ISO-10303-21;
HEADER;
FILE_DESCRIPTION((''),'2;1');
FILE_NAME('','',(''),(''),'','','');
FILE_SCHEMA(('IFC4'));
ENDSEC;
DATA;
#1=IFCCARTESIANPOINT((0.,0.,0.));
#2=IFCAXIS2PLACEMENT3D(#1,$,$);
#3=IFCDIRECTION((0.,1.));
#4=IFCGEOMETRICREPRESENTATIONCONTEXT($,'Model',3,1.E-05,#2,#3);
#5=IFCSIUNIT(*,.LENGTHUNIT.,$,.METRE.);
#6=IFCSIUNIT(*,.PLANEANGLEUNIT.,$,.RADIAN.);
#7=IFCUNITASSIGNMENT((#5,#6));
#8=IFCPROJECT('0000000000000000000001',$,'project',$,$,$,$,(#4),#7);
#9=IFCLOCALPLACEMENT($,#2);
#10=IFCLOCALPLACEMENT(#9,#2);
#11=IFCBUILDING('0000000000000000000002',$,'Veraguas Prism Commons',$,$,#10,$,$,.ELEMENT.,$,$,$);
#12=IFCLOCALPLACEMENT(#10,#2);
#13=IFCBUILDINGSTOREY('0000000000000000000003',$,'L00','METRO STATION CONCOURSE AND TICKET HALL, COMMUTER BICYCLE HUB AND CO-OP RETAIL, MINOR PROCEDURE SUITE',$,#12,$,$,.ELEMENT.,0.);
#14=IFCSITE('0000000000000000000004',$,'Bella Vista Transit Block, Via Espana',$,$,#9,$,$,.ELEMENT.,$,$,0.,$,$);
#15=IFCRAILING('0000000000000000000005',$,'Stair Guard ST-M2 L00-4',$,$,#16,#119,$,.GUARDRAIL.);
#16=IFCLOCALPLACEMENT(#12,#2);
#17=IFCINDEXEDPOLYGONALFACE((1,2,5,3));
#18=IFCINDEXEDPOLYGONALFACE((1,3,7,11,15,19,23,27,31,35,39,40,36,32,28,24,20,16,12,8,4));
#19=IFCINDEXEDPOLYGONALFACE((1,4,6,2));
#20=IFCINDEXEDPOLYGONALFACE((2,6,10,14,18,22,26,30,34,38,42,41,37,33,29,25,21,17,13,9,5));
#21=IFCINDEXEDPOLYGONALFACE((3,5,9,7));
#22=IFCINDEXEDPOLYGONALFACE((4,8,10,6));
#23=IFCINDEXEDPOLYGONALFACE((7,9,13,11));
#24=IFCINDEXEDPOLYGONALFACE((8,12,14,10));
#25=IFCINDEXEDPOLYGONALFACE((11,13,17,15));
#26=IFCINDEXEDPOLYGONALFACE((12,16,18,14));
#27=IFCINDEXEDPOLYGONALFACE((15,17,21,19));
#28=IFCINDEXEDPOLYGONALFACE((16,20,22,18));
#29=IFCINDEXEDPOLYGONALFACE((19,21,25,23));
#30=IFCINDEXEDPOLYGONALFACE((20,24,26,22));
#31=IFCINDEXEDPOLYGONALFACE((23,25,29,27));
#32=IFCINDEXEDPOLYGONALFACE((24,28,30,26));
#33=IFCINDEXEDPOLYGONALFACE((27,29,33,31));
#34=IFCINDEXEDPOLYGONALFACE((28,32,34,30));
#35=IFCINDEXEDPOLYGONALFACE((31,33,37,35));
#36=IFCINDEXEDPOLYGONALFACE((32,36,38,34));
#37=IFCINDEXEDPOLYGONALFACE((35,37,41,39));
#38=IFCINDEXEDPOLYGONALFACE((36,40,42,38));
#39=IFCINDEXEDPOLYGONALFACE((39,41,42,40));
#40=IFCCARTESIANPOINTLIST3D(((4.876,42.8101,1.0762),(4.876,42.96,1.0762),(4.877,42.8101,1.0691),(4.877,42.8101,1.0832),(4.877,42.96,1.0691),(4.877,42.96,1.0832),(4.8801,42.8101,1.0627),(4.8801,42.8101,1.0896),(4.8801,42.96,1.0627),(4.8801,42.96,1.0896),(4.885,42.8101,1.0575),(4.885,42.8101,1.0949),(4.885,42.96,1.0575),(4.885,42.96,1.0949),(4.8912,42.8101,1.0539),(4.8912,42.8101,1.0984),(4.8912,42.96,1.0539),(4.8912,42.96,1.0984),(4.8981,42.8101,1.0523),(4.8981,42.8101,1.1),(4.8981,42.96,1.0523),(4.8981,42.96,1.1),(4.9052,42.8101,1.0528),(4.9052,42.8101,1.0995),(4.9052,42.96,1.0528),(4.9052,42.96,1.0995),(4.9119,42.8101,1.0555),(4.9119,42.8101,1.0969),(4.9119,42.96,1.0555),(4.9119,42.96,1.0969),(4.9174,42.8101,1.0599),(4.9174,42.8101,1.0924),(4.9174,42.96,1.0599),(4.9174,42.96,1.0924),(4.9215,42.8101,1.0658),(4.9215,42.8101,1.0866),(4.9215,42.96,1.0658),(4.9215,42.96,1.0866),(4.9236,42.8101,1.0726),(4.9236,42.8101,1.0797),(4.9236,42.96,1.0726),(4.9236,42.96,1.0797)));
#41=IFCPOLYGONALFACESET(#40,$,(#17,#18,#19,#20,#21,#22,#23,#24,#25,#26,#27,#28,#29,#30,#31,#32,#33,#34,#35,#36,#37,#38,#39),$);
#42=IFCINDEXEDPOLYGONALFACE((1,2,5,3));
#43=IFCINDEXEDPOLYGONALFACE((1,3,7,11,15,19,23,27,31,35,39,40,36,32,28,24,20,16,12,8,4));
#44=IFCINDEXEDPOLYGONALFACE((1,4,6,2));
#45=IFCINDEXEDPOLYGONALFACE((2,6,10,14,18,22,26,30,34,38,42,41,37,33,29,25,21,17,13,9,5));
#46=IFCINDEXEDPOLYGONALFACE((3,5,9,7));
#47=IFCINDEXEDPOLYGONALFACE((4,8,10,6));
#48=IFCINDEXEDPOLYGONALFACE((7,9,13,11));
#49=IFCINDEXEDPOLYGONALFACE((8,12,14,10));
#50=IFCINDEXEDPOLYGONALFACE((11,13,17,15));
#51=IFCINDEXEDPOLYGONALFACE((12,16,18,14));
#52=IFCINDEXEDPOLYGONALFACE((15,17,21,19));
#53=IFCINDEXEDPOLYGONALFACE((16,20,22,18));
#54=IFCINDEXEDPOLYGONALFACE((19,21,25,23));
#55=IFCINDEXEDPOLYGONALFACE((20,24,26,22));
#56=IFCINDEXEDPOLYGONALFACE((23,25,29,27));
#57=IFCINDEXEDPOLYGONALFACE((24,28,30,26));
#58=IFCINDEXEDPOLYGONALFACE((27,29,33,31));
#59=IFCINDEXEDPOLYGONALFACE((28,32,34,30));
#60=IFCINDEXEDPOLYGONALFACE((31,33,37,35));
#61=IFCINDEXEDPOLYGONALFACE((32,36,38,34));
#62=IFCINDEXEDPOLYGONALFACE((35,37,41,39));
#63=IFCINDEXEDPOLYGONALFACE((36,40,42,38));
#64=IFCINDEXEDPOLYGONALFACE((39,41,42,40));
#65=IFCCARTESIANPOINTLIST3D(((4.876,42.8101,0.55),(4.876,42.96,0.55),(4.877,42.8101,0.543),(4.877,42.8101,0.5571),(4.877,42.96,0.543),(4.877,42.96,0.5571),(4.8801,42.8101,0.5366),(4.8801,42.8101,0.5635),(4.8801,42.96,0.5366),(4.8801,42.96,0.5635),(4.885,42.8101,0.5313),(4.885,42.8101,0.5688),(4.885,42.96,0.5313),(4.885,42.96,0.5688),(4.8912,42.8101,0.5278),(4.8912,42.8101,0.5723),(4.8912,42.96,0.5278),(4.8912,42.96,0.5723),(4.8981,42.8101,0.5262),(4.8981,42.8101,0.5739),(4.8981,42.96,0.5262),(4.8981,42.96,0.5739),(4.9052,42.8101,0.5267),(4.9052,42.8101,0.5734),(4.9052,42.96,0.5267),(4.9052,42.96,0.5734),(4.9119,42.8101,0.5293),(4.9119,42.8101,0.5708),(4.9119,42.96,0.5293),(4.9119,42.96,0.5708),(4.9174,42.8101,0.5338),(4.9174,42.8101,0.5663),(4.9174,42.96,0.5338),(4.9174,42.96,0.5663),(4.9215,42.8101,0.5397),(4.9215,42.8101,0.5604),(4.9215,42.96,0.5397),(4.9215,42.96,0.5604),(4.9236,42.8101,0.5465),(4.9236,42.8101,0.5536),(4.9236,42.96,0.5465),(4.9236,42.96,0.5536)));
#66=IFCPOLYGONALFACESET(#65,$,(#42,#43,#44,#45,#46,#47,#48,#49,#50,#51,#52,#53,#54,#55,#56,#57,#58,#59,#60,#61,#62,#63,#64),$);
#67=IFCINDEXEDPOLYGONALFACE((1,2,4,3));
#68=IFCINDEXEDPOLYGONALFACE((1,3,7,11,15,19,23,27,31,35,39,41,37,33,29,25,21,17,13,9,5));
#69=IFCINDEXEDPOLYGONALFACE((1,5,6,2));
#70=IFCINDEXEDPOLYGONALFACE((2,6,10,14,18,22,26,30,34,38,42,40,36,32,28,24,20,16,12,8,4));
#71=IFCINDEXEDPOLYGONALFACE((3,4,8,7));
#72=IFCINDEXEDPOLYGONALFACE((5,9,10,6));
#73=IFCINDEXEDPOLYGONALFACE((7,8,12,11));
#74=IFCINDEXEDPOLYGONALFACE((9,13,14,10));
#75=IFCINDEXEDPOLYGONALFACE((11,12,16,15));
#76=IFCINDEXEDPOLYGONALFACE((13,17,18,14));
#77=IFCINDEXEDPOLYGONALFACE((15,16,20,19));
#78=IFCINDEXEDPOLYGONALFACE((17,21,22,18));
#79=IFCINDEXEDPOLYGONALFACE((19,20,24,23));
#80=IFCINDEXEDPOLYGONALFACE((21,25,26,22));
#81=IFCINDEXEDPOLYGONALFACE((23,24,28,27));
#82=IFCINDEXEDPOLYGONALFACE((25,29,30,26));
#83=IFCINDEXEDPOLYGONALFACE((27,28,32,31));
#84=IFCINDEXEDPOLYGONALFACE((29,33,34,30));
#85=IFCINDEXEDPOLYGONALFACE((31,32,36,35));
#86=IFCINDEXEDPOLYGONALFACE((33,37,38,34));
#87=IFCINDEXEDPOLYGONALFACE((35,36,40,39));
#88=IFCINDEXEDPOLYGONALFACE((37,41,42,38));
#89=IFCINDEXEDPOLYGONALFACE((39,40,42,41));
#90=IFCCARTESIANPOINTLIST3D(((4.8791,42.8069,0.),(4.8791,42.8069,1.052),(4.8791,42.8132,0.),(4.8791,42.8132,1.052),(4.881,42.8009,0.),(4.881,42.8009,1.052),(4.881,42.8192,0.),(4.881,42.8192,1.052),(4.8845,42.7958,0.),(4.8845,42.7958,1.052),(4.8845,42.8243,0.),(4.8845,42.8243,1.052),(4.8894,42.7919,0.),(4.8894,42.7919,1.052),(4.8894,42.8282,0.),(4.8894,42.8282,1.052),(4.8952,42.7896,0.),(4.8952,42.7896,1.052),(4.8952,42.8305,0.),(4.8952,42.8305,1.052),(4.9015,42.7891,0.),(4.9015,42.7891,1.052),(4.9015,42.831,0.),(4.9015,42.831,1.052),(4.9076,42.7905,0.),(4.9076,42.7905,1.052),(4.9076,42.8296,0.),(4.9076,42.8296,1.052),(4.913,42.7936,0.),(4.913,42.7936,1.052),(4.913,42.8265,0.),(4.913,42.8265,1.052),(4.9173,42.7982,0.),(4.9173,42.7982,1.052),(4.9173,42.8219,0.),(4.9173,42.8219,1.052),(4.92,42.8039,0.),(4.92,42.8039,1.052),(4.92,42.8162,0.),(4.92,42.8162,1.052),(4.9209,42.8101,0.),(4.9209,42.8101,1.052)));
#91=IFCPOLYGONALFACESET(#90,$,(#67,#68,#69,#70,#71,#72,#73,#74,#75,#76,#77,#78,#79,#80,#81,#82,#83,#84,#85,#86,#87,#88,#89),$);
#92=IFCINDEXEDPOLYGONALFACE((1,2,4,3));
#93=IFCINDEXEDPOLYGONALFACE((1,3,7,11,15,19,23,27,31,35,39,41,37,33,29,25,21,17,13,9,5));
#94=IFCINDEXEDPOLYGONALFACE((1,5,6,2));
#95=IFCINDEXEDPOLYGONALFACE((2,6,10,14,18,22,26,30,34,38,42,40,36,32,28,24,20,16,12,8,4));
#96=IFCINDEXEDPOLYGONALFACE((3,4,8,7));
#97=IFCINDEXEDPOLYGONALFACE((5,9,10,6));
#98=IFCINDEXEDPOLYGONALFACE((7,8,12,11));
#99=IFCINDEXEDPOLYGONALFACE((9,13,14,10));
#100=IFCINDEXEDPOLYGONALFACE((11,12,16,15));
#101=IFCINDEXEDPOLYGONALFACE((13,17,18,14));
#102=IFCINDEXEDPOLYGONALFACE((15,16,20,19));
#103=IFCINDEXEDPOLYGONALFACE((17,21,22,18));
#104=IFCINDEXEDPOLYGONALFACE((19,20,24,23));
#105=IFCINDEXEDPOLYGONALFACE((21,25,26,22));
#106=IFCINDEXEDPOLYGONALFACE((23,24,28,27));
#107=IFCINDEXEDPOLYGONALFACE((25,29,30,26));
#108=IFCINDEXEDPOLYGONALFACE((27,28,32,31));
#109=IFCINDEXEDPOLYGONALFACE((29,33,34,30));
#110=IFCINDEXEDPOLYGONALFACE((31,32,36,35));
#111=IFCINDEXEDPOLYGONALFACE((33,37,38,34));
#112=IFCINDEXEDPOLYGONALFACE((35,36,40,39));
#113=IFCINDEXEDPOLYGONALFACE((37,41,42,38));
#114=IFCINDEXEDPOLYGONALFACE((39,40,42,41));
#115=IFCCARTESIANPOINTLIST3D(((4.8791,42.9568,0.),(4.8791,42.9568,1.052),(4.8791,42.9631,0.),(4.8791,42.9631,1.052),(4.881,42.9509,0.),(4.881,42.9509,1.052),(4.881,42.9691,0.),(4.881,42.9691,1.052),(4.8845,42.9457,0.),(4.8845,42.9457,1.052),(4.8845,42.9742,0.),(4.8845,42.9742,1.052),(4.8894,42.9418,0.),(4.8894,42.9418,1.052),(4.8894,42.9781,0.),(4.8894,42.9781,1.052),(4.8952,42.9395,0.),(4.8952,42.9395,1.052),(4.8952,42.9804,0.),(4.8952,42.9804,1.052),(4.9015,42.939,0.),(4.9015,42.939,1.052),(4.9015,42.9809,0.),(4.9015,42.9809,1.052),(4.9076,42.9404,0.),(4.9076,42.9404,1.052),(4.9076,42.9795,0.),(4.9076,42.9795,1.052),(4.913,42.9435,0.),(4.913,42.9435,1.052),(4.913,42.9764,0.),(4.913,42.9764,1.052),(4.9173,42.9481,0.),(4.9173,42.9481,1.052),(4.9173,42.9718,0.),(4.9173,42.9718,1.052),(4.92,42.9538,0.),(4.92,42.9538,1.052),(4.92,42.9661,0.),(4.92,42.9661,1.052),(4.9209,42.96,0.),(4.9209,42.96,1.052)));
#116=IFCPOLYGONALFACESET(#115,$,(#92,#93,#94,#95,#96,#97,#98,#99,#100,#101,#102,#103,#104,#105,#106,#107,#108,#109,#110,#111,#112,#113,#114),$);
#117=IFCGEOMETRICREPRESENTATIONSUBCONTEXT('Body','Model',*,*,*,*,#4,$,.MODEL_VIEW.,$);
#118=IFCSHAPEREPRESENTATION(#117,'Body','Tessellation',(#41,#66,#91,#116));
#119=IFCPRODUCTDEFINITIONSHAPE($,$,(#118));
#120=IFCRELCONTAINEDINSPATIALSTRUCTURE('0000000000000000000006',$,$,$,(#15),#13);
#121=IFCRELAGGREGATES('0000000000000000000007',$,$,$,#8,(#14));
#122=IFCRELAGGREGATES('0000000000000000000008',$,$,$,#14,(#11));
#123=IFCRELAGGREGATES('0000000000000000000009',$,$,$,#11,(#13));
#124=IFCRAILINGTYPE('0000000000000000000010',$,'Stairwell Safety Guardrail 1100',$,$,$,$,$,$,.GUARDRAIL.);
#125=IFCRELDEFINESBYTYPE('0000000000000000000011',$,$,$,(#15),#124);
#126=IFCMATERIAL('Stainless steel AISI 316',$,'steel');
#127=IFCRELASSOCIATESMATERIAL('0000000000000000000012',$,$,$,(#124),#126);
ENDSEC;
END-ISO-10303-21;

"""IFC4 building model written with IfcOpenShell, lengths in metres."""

from ifc_helpers import new_model, si_unit, direction, frame, origin, origin_2d, place, context, subcontext, project, spatial, circle, extrude, material, type_object, element, save


model = new_model("IFC4")

# Units and contexts
model_context = context("Model", 3, precision=1e-05, world=origin(), true_north=direction((0.0, 1.0)))
body_context = subcontext(model_context, "Body", "Model", "MODEL_VIEW")
ifc_project = project(units=[si_unit("LENGTHUNIT", "METRE"), si_unit("PLANEANGLEUNIT", "RADIAN")], contexts=[model_context])

# Site, building, storey
site_placement = place(None, origin())
site = spatial("IfcSite", under=ifc_project, at=site_placement, Name="Bella Vista Transit Block, Via Espana", CompositionType="ELEMENT", RefElevation=0.0)
building_placement = place(site_placement, origin())
building = spatial("IfcBuilding", under=site, at=building_placement, Name="Veraguas Prism Commons", CompositionType="ELEMENT")
storey_placement = place(building_placement, origin())
storey = spatial("IfcBuildingStorey", under=building, at=storey_placement, Name="L00", Description="METRO STATION CONCOURSE AND TICKET HALL, COMMUTER BICYCLE HUB AND CO-OP RETAIL, MINOR PROCEDURE SUITE", CompositionType="ELEMENT", Elevation=0.0)

# Railing
ifc_material_1 = material(Name="Stainless steel AISI 316", Category="steel")
railing_type_1 = type_object("IfcRailingType", Name="Stairwell Safety Guardrail 1100", PredefinedType="GUARDRAIL", material=ifc_material_1)
railing_1_placement = place(storey_placement, frame((4.8999, 42.8101, 0.0)))
element("IfcRailing", 1, at=railing_1_placement, inside=storey, type_object=railing_type_1, Name="Stair Guard ST-M2 L00-4", PredefinedType="GUARDRAIL", context=body_context, shape_type="SweptSolid", body=[
    extrude(circle(Radius=0.0239, at=origin_2d()), frame((0.0, 0.0, 1.0762), z_axis=(0.0, 1.0, 0.0), x_axis=(-1.0, 0.0, 0.0)), (0.0, 0.0, 1.0), 0.1499),
    extrude(circle(Radius=0.0239, at=origin_2d()), frame((0.0, 0.0, 0.55), z_axis=(0.0, 1.0, 0.0), x_axis=(-1.0, 0.0, 0.0)), (0.0, 0.0, 1.0), 0.1499),
    extrude(circle(Radius=0.021, at=origin_2d()), origin(), (0.0, 0.0, 1.0), 1.052),
    extrude(circle(Radius=0.021, at=origin_2d()), frame((0.0, 0.1499, 0.0)), (0.0, 0.0, 1.0), 1.052),
])

save(model, "model.ifc")
